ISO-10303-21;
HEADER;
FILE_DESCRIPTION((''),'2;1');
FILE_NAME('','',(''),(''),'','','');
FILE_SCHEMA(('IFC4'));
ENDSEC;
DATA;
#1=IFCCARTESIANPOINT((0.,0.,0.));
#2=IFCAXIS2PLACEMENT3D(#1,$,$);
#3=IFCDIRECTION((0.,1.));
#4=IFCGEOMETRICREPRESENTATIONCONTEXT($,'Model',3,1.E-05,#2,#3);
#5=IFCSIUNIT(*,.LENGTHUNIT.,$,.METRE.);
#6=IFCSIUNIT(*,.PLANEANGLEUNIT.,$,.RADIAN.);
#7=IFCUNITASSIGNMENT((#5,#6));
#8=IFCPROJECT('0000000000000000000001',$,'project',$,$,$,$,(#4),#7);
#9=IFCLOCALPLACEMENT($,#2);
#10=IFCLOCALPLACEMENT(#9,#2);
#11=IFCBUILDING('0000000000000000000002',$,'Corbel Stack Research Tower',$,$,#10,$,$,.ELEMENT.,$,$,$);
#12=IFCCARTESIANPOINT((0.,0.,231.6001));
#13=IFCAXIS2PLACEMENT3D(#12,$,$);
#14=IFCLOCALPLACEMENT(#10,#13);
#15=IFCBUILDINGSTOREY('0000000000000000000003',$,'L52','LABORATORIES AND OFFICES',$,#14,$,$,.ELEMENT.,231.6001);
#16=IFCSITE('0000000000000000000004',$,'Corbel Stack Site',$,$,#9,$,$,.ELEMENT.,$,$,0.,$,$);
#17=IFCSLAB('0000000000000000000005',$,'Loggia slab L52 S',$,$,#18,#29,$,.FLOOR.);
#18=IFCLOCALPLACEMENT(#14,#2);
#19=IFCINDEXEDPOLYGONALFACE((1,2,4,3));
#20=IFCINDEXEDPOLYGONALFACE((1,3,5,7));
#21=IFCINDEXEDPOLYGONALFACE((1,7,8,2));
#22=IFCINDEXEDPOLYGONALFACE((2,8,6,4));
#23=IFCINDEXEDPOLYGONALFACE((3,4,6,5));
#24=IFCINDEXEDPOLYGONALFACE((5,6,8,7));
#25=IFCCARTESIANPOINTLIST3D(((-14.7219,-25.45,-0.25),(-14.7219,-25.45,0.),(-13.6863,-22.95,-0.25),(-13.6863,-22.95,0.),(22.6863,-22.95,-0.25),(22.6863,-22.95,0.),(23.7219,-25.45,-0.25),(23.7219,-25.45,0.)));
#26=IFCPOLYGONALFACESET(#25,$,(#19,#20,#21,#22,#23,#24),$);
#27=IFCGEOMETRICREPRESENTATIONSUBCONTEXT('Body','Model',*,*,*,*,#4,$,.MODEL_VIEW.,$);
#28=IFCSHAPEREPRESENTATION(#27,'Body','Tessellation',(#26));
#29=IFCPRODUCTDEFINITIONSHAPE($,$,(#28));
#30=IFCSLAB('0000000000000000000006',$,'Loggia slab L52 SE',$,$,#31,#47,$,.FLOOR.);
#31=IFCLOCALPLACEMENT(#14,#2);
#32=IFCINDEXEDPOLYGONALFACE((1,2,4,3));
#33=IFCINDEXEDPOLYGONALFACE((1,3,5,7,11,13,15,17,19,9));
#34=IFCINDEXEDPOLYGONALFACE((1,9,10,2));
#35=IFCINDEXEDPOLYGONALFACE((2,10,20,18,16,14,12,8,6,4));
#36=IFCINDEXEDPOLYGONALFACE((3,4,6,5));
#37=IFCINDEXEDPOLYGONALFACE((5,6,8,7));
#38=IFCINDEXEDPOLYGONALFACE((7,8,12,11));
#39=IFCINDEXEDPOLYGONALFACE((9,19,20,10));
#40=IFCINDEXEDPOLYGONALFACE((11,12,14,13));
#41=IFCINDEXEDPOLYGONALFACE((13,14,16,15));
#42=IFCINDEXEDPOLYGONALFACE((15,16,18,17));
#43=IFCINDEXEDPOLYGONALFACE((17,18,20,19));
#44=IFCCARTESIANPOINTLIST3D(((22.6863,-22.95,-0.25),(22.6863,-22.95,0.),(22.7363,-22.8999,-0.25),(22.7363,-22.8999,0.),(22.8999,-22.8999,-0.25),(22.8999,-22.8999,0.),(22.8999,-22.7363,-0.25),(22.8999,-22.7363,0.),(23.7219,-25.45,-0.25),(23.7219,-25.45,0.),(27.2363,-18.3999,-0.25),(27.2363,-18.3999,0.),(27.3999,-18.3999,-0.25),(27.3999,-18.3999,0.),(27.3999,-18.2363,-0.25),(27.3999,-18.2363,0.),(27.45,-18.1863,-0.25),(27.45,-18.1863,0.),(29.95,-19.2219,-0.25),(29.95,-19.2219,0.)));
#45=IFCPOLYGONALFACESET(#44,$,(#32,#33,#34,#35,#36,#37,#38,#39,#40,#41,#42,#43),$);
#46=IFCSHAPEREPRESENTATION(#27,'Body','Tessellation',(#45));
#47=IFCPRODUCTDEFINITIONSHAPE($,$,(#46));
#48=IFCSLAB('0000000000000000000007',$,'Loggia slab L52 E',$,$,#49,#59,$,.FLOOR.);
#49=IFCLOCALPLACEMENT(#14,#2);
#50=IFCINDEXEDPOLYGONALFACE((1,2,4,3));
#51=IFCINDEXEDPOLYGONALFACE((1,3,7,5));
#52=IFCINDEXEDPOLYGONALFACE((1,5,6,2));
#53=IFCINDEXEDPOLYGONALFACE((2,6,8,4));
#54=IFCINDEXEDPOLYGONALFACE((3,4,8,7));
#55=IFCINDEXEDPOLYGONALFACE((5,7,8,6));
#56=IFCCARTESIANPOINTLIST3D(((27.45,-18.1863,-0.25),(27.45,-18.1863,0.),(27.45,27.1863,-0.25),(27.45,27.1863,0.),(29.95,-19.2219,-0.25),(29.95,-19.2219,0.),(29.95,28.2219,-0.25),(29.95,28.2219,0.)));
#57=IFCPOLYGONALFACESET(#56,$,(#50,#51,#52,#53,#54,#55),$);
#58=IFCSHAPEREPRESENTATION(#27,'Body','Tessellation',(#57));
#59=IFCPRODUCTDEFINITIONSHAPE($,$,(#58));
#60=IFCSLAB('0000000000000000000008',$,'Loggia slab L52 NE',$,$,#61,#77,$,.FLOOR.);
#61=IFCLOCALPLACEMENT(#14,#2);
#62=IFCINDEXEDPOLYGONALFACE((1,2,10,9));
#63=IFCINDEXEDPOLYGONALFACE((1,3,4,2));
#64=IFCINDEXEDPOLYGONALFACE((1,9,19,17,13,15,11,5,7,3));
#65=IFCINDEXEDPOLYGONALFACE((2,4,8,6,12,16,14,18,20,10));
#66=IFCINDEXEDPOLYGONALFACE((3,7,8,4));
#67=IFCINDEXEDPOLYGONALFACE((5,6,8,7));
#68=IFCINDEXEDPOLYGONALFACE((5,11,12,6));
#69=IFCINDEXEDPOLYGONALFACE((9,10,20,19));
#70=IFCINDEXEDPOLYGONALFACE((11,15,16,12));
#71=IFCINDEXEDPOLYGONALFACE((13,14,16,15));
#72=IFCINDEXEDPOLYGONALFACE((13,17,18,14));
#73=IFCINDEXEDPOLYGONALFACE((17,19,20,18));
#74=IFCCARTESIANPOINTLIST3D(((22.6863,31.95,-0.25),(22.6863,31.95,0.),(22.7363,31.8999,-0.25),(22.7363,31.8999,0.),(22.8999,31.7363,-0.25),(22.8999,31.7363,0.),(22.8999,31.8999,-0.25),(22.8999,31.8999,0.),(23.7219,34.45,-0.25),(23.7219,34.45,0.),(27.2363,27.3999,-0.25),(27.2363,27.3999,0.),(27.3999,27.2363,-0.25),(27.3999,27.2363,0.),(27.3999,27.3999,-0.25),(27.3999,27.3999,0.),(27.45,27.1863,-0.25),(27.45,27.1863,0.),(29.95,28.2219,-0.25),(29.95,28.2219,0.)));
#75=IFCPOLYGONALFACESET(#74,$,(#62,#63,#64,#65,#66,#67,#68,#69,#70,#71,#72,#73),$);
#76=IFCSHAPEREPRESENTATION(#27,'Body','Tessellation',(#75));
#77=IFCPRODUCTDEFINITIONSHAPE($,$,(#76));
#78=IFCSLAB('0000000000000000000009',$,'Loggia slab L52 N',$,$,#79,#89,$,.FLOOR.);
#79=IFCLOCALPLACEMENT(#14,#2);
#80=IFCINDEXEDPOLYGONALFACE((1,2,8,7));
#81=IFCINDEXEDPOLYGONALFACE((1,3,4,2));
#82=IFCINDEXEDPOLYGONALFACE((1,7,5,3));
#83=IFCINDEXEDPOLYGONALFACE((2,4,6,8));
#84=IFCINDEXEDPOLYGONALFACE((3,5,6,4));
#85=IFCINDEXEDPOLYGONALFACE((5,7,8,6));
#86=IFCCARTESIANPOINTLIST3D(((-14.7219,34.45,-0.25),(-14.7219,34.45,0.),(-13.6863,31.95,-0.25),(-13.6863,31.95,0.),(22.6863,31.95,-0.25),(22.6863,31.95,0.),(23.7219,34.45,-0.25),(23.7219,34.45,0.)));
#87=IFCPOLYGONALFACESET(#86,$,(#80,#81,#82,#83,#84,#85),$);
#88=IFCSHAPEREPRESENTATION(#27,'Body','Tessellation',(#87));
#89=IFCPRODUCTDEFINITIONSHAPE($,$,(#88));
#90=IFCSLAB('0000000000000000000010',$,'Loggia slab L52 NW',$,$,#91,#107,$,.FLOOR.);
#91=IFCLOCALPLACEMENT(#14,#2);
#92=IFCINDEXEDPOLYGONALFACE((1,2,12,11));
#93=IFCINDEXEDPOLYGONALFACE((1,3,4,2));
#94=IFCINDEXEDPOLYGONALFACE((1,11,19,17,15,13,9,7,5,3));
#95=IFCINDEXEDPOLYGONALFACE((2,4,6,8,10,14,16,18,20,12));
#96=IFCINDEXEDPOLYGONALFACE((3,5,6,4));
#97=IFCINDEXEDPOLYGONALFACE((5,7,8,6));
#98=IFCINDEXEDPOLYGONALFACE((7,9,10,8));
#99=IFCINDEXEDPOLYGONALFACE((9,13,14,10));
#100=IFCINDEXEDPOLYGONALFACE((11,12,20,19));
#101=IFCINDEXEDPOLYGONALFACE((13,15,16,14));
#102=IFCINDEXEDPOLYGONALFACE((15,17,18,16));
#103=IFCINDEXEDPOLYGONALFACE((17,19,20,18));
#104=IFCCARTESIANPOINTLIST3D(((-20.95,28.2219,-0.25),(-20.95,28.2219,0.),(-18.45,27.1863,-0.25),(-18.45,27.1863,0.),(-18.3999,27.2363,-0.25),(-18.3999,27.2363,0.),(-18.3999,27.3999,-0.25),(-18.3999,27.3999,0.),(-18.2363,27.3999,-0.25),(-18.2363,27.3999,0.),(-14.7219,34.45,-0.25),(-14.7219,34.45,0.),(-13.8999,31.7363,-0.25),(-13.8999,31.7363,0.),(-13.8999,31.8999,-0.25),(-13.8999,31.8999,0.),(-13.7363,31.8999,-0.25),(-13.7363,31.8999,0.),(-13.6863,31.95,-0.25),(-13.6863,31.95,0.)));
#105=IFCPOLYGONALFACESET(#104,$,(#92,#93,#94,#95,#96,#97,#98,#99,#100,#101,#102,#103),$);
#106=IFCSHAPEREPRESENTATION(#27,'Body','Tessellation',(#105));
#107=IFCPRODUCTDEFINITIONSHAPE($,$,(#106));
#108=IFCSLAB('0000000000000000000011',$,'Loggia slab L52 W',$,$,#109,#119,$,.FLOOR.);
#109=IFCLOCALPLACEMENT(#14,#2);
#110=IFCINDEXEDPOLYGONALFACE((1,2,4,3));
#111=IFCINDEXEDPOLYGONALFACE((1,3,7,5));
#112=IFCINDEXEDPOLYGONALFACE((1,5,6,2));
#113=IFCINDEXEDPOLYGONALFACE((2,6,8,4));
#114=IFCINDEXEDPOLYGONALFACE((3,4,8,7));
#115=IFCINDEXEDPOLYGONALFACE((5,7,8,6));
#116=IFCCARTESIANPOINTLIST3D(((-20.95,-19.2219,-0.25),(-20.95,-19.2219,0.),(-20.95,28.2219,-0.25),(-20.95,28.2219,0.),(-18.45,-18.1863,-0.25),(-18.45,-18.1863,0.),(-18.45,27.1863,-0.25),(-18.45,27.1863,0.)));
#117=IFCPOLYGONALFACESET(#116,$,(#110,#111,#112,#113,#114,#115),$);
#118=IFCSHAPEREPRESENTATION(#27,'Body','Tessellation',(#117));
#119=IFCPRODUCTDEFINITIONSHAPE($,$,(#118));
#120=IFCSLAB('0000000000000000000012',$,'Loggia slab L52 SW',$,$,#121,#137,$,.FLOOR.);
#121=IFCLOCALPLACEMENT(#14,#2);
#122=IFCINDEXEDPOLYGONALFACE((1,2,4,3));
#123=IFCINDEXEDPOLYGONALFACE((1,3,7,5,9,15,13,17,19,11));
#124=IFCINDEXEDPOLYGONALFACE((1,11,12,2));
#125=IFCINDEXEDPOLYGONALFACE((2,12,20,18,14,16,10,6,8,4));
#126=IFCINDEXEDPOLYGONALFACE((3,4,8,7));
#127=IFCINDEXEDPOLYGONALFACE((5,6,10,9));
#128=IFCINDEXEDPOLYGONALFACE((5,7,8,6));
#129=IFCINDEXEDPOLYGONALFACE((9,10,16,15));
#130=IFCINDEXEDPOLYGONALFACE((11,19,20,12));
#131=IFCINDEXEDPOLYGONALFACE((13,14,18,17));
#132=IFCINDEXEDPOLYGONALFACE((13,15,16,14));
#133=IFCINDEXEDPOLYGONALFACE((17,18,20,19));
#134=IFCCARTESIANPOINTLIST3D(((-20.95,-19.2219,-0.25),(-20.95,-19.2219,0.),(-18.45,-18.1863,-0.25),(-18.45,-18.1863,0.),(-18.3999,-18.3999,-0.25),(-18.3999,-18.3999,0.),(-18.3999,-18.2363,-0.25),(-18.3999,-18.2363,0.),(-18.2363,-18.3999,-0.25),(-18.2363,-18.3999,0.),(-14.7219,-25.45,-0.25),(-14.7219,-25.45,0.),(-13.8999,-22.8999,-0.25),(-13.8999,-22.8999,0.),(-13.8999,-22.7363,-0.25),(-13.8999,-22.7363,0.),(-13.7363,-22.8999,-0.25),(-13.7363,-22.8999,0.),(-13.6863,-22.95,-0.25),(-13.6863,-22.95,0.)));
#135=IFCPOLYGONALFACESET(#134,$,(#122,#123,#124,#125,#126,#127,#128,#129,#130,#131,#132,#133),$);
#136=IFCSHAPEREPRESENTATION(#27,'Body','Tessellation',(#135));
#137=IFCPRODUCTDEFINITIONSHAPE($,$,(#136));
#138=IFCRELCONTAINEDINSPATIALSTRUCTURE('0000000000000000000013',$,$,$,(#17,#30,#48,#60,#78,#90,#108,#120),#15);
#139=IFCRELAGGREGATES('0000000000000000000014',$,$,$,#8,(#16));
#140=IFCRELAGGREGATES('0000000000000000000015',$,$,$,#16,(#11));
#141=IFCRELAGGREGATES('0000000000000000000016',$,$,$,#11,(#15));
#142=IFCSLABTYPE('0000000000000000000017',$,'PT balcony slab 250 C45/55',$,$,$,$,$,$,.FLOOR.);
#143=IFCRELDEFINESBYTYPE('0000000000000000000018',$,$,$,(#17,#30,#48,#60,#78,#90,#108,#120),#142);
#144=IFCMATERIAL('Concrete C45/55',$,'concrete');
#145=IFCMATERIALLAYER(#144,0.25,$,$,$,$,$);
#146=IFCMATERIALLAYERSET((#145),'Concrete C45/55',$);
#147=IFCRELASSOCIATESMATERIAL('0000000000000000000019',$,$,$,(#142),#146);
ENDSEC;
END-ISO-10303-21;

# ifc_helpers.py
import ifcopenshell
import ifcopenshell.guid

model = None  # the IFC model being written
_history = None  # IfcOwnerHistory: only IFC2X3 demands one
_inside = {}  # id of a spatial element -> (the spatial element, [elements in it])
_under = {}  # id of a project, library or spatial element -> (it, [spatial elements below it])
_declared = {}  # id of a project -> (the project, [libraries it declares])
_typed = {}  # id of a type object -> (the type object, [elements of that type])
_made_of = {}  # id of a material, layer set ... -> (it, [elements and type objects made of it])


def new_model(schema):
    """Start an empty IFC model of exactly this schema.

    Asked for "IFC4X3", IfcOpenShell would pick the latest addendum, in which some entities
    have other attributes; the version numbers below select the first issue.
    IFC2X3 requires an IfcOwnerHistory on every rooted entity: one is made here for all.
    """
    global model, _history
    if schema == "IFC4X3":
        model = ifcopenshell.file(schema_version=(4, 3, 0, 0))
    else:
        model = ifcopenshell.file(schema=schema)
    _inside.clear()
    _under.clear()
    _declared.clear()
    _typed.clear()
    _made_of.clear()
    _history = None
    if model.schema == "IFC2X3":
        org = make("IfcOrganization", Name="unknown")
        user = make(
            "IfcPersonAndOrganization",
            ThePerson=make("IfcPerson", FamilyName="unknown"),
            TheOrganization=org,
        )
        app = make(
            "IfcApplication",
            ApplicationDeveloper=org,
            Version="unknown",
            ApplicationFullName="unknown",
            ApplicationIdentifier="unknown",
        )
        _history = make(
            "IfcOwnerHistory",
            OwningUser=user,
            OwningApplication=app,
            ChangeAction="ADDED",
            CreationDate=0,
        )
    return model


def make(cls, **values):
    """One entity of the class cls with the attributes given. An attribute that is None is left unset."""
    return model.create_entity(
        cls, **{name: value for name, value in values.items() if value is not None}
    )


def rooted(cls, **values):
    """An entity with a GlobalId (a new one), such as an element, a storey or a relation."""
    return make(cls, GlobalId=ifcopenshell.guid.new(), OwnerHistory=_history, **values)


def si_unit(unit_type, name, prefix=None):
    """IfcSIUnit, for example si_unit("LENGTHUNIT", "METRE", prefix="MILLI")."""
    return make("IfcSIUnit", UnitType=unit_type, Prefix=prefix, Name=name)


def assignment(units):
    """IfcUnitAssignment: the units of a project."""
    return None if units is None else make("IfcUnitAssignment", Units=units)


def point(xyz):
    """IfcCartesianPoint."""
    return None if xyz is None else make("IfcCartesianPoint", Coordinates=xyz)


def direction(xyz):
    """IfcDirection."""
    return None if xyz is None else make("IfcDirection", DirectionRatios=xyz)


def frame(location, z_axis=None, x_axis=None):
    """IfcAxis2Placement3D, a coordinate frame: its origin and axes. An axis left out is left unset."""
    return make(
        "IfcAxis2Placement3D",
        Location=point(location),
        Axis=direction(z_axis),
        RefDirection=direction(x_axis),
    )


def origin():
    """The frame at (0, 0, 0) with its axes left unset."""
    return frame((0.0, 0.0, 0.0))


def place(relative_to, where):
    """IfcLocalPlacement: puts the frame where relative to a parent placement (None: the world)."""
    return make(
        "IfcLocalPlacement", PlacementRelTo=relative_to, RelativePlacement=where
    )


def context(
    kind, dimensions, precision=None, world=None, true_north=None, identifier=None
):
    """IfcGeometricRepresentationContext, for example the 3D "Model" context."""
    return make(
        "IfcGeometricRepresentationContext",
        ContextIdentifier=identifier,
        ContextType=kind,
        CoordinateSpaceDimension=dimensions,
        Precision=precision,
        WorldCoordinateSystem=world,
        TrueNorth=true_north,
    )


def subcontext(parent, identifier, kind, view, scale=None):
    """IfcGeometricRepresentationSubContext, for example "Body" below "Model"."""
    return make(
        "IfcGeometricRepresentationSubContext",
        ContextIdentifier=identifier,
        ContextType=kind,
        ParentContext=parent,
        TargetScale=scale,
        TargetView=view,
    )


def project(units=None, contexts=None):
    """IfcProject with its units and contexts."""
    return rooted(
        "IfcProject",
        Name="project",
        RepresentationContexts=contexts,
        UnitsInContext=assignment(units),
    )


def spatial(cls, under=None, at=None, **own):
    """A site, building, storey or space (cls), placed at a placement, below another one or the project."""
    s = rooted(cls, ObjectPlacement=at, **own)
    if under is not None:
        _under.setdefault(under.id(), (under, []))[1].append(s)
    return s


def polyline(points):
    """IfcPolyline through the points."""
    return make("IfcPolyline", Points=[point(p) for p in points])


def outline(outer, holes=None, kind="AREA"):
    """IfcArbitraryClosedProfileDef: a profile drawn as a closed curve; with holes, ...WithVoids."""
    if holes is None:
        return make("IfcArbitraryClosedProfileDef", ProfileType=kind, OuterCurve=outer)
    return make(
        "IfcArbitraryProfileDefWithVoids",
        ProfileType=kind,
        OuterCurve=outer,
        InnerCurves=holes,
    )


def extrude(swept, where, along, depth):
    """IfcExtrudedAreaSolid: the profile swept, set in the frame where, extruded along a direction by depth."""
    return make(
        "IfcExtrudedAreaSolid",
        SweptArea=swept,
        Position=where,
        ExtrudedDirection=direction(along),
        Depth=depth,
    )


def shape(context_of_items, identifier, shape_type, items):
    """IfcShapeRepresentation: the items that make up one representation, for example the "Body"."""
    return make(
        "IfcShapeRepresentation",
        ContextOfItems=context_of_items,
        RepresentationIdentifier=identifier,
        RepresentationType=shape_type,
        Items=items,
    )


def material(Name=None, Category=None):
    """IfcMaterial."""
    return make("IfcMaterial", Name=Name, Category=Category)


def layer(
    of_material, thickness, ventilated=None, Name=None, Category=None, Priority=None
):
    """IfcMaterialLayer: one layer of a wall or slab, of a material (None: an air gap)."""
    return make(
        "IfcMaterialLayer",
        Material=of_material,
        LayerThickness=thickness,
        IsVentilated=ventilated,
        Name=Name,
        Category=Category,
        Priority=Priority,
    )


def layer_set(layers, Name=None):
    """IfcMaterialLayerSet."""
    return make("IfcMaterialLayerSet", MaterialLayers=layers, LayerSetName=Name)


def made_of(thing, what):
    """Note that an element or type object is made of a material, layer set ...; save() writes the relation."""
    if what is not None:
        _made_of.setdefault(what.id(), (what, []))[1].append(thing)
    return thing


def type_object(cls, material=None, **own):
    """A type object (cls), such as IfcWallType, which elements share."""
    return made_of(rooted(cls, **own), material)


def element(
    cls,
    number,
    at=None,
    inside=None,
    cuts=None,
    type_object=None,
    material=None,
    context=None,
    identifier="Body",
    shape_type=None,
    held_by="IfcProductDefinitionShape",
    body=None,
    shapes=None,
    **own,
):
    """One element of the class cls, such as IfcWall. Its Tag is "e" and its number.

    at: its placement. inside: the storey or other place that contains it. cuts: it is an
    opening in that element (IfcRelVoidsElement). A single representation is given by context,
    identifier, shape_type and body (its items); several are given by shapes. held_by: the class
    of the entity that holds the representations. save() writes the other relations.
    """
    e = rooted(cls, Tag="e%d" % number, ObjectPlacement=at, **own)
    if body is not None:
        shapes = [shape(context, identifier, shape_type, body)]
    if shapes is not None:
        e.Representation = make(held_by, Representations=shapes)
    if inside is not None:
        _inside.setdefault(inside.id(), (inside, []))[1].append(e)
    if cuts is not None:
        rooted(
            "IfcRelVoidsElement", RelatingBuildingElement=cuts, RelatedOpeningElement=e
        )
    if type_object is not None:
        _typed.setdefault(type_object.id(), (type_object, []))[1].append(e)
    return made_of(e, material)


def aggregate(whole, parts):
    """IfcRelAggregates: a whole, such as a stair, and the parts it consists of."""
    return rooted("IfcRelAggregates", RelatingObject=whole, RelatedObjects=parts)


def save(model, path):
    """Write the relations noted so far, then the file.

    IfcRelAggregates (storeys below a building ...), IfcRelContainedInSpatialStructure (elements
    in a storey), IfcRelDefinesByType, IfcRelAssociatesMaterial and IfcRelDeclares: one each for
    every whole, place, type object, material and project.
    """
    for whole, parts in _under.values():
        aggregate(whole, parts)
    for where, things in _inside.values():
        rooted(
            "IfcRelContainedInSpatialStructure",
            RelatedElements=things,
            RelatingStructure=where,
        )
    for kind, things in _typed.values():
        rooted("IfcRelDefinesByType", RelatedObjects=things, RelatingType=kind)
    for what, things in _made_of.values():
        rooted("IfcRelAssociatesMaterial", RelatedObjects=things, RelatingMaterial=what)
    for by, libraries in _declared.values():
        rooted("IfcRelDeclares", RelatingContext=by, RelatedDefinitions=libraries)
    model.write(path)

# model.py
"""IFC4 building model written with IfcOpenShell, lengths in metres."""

from ifc_helpers import new_model, si_unit, direction, frame, origin, place, context, subcontext, project, spatial, polyline, outline, extrude, material, layer, layer_set, type_object, element, save


model = new_model("IFC4")

# Units and contexts
model_context = context("Model", 3, precision=1e-05, world=origin(), true_north=direction((0.0, 1.0)))
body_context = subcontext(model_context, "Body", "Model", "MODEL_VIEW")
ifc_project = project(units=[si_unit("LENGTHUNIT", "METRE"), si_unit("PLANEANGLEUNIT", "RADIAN")], contexts=[model_context])

# Site, building, storey
site_placement = place(None, origin())
site = spatial("IfcSite", under=ifc_project, at=site_placement, Name="Corbel Stack Site", CompositionType="ELEMENT", RefElevation=0.0)
building_placement = place(site_placement, origin())
building = spatial("IfcBuilding", under=site, at=building_placement, Name="Corbel Stack Research Tower", CompositionType="ELEMENT")
storey_placement = place(building_placement, frame((0.0, 0.0, 231.6001)))
storey = spatial("IfcBuildingStorey", under=building, at=storey_placement, Name="L52", Description="LABORATORIES AND OFFICES", CompositionType="ELEMENT", Elevation=231.6001)

# Slabs
ifc_material_1 = material(Name="Concrete C45/55", Category="concrete")
ifc_layer_1 = layer(ifc_material_1, 0.25)
ifc_layer_set_1 = layer_set([ifc_layer_1], Name="Concrete C45/55")
slab_type_1 = type_object("IfcSlabType", Name="PT balcony slab 250 C45/55", PredefinedType="FLOOR", material=ifc_layer_set_1)
slab_1_placement = place(storey_placement, frame((0.0, 0.0, -0.25)))
element("IfcSlab", 1, at=slab_1_placement, inside=storey, type_object=slab_type_1, Name="Loggia slab L52 S", PredefinedType="FLOOR", context=body_context, shape_type="SweptSolid", body=[
    extrude(outline(polyline([(22.6863, -22.95), (-13.6863, -22.95), (-14.7219, -25.45), (23.7219, -25.45), (22.6863, -22.95)])), origin(), (0.0, 0.0, 1.0), 0.25),
])
slab_2_placement = place(storey_placement, frame((0.0, 0.0, -0.25)))
element("IfcSlab", 2, at=slab_2_placement, inside=storey, type_object=slab_type_1, Name="Loggia slab L52 SE", PredefinedType="FLOOR", context=body_context, shape_type="SweptSolid", body=[
    extrude(outline(polyline([(27.45, -18.1863), (27.3999, -18.2363), (27.3999, -18.3999), (27.2363, -18.3999), (22.8999, -22.7363), (22.8999, -22.8999), (22.7363, -22.8999), (22.6863, -22.95), (23.7219, -25.45), (29.95, -19.2219), (27.45, -18.1863)])), origin(), (0.0, 0.0, 1.0), 0.25),
])
slab_3_placement = place(storey_placement, frame((0.0, 0.0, -0.25)))
element("IfcSlab", 3, at=slab_3_placement, inside=storey, type_object=slab_type_1, Name="Loggia slab L52 E", PredefinedType="FLOOR", context=body_context, shape_type="SweptSolid", body=[
    extrude(outline(polyline([(27.45, 27.1863), (27.45, -18.1863), (29.95, -19.2219), (29.95, 28.2219), (27.45, 27.1863)])), origin(), (0.0, 0.0, 1.0), 0.25),
])
slab_4_placement = place(storey_placement, frame((0.0, 0.0, -0.25)))
element("IfcSlab", 4, at=slab_4_placement, inside=storey, type_object=slab_type_1, Name="Loggia slab L52 NE", PredefinedType="FLOOR", context=body_context, shape_type="SweptSolid", body=[
    extrude(outline(polyline([(22.6863, 31.95), (22.7363, 31.8999), (22.8999, 31.8999), (22.8999, 31.7363), (27.2363, 27.3999), (27.3999, 27.3999), (27.3999, 27.2363), (27.45, 27.1863), (29.95, 28.2219), (23.7219, 34.45), (22.6863, 31.95)])), origin(), (0.0, 0.0, 1.0), 0.25),
])
slab_5_placement = place(storey_placement, frame((0.0, 0.0, -0.25)))
element("IfcSlab", 5, at=slab_5_placement, inside=storey, type_object=slab_type_1, Name="Loggia slab L52 N", PredefinedType="FLOOR", context=body_context, shape_type="SweptSolid", body=[
    extrude(outline(polyline([(-13.6863, 31.95), (22.6863, 31.95), (23.7219, 34.45), (-14.7219, 34.45), (-13.6863, 31.95)])), origin(), (0.0, 0.0, 1.0), 0.25),
])
slab_6_placement = place(storey_placement, frame((0.0, 0.0, -0.25)))
element("IfcSlab", 6, at=slab_6_placement, inside=storey, type_object=slab_type_1, Name="Loggia slab L52 NW", PredefinedType="FLOOR", context=body_context, shape_type="SweptSolid", body=[
    extrude(outline(polyline([(-18.45, 27.1863), (-18.3999, 27.2363), (-18.3999, 27.3999), (-18.2363, 27.3999), (-13.8999, 31.7363), (-13.8999, 31.8999), (-13.7363, 31.8999), (-13.6863, 31.95), (-14.7219, 34.45), (-20.95, 28.2219), (-18.45, 27.1863)])), origin(), (0.0, 0.0, 1.0), 0.25),
])
slab_7_placement = place(storey_placement, frame((0.0, 0.0, -0.25)))
element("IfcSlab", 7, at=slab_7_placement, inside=storey, type_object=slab_type_1, Name="Loggia slab L52 W", PredefinedType="FLOOR", context=body_context, shape_type="SweptSolid", body=[
    extrude(outline(polyline([(-18.45, -18.1863), (-18.45, 27.1863), (-20.95, 28.2219), (-20.95, -19.2219), (-18.45, -18.1863)])), origin(), (0.0, 0.0, 1.0), 0.25),
])
slab_8_placement = place(storey_placement, frame((0.0, 0.0, -0.25)))
element("IfcSlab", 8, at=slab_8_placement, inside=storey, type_object=slab_type_1, Name="Loggia slab L52 SW", PredefinedType="FLOOR", context=body_context, shape_type="SweptSolid", body=[
    extrude(outline(polyline([(-13.6863, -22.95), (-13.7363, -22.8999), (-13.8999, -22.8999), (-13.8999, -22.7363), (-18.2363, -18.3999), (-18.3999, -18.3999), (-18.3999, -18.2363), (-18.45, -18.1863), (-20.95, -19.2219), (-14.7219, -25.45), (-13.6863, -22.95)])), origin(), (0.0, 0.0, 1.0), 0.25),
])

save(model, "model.ifc")
